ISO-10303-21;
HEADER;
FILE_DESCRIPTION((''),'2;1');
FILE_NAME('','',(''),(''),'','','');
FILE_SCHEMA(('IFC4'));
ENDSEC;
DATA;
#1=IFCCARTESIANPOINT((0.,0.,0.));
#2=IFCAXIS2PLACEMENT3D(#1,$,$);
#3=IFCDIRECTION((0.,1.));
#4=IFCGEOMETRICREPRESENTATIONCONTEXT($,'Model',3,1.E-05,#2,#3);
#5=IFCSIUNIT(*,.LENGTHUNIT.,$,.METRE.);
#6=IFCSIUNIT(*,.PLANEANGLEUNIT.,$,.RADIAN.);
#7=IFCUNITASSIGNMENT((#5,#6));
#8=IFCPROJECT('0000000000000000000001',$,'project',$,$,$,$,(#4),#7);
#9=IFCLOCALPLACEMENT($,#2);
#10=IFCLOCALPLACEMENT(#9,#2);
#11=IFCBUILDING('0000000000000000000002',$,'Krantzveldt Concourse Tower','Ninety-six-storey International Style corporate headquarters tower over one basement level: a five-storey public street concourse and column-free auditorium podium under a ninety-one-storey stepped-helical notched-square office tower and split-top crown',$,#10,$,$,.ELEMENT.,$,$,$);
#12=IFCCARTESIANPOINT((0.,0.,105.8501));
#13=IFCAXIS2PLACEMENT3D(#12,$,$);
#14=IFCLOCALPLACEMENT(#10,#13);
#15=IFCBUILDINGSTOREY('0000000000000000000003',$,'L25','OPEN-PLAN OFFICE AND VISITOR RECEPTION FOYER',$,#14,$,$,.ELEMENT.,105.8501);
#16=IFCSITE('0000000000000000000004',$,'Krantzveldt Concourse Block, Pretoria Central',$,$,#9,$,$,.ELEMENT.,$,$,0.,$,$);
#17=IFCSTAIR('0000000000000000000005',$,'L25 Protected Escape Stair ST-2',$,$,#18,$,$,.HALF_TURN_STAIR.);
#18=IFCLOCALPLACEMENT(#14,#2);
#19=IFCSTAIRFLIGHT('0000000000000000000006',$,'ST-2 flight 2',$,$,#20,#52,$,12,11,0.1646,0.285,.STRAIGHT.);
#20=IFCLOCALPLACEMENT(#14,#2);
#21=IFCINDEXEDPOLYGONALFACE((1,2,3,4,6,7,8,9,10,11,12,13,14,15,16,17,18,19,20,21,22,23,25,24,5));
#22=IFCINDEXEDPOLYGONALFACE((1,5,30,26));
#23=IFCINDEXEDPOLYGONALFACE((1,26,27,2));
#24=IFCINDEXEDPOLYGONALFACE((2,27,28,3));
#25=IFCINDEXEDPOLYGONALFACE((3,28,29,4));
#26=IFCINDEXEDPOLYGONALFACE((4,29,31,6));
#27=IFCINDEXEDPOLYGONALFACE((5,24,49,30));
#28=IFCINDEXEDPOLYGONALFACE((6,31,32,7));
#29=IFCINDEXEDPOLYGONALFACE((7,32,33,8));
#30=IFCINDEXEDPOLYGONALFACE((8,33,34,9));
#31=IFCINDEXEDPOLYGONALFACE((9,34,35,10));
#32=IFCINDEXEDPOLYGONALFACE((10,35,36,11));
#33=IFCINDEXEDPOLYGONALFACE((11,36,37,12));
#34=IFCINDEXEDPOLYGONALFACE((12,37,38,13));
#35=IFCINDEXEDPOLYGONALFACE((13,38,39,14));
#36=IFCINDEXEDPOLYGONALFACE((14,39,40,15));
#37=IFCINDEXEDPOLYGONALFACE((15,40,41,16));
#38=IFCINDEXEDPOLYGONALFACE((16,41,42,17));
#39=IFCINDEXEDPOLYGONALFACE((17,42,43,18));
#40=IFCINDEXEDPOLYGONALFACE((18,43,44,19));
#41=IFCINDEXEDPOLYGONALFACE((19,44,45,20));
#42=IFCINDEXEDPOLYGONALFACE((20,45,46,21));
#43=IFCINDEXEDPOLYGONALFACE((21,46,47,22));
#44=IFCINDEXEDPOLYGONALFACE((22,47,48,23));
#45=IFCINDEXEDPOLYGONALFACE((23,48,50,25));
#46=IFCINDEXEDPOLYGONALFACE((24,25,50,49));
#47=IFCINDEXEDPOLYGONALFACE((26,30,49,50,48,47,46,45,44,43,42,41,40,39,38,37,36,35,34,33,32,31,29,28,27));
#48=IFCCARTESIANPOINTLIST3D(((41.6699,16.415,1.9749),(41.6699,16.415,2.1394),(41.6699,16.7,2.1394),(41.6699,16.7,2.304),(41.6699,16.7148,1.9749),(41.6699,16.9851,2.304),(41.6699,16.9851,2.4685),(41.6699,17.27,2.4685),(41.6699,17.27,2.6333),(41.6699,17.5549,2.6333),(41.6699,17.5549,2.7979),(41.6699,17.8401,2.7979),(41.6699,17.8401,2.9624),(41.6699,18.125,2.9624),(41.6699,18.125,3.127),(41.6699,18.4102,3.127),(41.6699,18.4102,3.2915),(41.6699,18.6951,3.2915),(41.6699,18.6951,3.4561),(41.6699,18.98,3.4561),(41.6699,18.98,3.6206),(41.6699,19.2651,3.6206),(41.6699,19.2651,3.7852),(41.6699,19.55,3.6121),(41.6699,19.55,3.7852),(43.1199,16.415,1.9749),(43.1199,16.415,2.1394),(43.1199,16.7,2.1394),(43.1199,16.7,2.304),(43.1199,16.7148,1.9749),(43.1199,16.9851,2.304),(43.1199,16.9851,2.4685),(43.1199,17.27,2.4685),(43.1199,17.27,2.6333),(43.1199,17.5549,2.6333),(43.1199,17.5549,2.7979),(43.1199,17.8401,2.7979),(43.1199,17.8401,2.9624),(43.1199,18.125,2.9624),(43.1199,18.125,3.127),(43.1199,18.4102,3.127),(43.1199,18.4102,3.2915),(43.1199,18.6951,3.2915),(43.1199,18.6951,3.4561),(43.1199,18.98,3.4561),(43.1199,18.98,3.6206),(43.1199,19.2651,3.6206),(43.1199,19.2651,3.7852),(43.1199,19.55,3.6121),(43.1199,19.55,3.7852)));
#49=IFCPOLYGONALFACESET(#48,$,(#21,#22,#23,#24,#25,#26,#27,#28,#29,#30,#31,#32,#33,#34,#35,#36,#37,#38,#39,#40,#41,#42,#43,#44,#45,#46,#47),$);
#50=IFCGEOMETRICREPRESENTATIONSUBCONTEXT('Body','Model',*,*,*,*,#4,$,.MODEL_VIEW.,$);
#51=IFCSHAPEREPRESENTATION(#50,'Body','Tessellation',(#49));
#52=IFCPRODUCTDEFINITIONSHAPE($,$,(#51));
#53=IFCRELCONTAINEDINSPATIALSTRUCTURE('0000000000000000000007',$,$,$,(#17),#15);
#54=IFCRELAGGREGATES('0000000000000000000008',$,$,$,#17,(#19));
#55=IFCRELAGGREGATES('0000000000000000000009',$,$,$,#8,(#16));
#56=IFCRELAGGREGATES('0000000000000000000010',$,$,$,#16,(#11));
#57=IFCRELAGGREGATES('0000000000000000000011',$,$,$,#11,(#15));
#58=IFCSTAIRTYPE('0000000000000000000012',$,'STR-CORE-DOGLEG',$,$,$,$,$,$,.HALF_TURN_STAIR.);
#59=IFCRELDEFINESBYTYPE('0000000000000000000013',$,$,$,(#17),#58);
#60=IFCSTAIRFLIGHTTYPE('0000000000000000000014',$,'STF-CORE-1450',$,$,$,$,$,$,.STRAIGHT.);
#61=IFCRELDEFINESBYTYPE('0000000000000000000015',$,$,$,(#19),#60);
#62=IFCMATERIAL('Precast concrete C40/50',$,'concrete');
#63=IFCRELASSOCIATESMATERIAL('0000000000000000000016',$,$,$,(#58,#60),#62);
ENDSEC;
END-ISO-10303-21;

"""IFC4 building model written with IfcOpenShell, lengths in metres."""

from ifc_helpers import new_model, si_unit, direction, frame, origin, place, context, subcontext, project, spatial, polyline, outline, extrude, material, type_object, element, aggregate, save


model = new_model("IFC4")

# Units and contexts
model_context = context("Model", 3, precision=1e-05, world=origin(), true_north=direction((0.0, 1.0)))
body_context = subcontext(model_context, "Body", "Model", "MODEL_VIEW")
ifc_project = project(units=[si_unit("LENGTHUNIT", "METRE"), si_unit("PLANEANGLEUNIT", "RADIAN")], contexts=[model_context])

# Site, building, storey
site_placement = place(None, origin())
site = spatial("IfcSite", under=ifc_project, at=site_placement, Name="Krantzveldt Concourse Block, Pretoria Central", CompositionType="ELEMENT", RefElevation=0.0)
building_placement = place(site_placement, origin())
building = spatial("IfcBuilding", under=site, at=building_placement, Name="Krantzveldt Concourse Tower", Description="Ninety-six-storey International Style corporate headquarters tower over one basement level: a five-storey public street concourse and column-free auditorium podium under a ninety-one-storey stepped-helical notched-square office tower and split-top crown", CompositionType="ELEMENT")
storey_placement = place(building_placement, frame((0.0, 0.0, 105.8501)))
storey = spatial("IfcBuildingStorey", under=building, at=storey_placement, Name="L25", Description="OPEN-PLAN OFFICE AND VISITOR RECEPTION FOYER", CompositionType="ELEMENT", Elevation=105.8501)

# Stair, stair flight
ifc_material_1 = material(Name="Precast concrete C40/50", Category="concrete")
stair_type = type_object("IfcStairType", Name="STR-CORE-DOGLEG", PredefinedType="HALF_TURN_STAIR", material=ifc_material_1)
stair_placement = place(storey_placement, origin())
stair = element("IfcStair", 1, at=stair_placement, inside=storey, type_object=stair_type, Name="L25 Protected Escape Stair ST-2", PredefinedType="HALF_TURN_STAIR")
stair_flight_type = type_object("IfcStairFlightType", Name="STF-CORE-1450", PredefinedType="STRAIGHT", material=ifc_material_1)
stair_flight_1_placement = place(storey_placement, frame((42.395, 16.415, 1.9749), z_axis=(0.0, 0.0, 1.0), x_axis=(0.0, 1.0, 0.0)))
stair_flight_1 = element("IfcStairFlight", 2, at=stair_flight_1_placement, type_object=stair_flight_type, Name="ST-2 flight 2", NumberOfRisers=12, NumberOfTreads=11, PredefinedType="STRAIGHT", RiserHeight=0.1646, TreadLength=0.285, context=body_context, shape_type="SweptSolid", body=[
    extrude(outline(polyline([(0.0, 0.0), (0.0, 0.1646), (0.2849, 0.1646), (0.2849, 0.3291), (0.5701, 0.3291), (0.5701, 0.4937), (0.855, 0.4937), (0.855, 0.6584), (1.1399, 0.6584), (1.1399, 0.823), (1.425, 0.823), (1.425, 0.9875), (1.71, 0.9875), (1.71, 1.1521), (1.9951, 1.1521), (1.9951, 1.3167), (2.28, 1.3167), (2.28, 1.4812), (2.5649, 1.4812), (2.5649, 1.6458), (2.8501, 1.6458), (2.8501, 1.8103), (3.135, 1.8103), (3.135, 1.9751), (3.135, 1.6372), (0.2998, 0.0), (0.0, 0.0)])), frame((0.0, 0.7251, 0.0), z_axis=(0.0, -1.0, 0.0), x_axis=(1.0, 0.0, 0.0)), (0.0, 0.0, 1.0), 1.45),
])
aggregate(stair, [stair_flight_1])

save(model, "model.ifc")
